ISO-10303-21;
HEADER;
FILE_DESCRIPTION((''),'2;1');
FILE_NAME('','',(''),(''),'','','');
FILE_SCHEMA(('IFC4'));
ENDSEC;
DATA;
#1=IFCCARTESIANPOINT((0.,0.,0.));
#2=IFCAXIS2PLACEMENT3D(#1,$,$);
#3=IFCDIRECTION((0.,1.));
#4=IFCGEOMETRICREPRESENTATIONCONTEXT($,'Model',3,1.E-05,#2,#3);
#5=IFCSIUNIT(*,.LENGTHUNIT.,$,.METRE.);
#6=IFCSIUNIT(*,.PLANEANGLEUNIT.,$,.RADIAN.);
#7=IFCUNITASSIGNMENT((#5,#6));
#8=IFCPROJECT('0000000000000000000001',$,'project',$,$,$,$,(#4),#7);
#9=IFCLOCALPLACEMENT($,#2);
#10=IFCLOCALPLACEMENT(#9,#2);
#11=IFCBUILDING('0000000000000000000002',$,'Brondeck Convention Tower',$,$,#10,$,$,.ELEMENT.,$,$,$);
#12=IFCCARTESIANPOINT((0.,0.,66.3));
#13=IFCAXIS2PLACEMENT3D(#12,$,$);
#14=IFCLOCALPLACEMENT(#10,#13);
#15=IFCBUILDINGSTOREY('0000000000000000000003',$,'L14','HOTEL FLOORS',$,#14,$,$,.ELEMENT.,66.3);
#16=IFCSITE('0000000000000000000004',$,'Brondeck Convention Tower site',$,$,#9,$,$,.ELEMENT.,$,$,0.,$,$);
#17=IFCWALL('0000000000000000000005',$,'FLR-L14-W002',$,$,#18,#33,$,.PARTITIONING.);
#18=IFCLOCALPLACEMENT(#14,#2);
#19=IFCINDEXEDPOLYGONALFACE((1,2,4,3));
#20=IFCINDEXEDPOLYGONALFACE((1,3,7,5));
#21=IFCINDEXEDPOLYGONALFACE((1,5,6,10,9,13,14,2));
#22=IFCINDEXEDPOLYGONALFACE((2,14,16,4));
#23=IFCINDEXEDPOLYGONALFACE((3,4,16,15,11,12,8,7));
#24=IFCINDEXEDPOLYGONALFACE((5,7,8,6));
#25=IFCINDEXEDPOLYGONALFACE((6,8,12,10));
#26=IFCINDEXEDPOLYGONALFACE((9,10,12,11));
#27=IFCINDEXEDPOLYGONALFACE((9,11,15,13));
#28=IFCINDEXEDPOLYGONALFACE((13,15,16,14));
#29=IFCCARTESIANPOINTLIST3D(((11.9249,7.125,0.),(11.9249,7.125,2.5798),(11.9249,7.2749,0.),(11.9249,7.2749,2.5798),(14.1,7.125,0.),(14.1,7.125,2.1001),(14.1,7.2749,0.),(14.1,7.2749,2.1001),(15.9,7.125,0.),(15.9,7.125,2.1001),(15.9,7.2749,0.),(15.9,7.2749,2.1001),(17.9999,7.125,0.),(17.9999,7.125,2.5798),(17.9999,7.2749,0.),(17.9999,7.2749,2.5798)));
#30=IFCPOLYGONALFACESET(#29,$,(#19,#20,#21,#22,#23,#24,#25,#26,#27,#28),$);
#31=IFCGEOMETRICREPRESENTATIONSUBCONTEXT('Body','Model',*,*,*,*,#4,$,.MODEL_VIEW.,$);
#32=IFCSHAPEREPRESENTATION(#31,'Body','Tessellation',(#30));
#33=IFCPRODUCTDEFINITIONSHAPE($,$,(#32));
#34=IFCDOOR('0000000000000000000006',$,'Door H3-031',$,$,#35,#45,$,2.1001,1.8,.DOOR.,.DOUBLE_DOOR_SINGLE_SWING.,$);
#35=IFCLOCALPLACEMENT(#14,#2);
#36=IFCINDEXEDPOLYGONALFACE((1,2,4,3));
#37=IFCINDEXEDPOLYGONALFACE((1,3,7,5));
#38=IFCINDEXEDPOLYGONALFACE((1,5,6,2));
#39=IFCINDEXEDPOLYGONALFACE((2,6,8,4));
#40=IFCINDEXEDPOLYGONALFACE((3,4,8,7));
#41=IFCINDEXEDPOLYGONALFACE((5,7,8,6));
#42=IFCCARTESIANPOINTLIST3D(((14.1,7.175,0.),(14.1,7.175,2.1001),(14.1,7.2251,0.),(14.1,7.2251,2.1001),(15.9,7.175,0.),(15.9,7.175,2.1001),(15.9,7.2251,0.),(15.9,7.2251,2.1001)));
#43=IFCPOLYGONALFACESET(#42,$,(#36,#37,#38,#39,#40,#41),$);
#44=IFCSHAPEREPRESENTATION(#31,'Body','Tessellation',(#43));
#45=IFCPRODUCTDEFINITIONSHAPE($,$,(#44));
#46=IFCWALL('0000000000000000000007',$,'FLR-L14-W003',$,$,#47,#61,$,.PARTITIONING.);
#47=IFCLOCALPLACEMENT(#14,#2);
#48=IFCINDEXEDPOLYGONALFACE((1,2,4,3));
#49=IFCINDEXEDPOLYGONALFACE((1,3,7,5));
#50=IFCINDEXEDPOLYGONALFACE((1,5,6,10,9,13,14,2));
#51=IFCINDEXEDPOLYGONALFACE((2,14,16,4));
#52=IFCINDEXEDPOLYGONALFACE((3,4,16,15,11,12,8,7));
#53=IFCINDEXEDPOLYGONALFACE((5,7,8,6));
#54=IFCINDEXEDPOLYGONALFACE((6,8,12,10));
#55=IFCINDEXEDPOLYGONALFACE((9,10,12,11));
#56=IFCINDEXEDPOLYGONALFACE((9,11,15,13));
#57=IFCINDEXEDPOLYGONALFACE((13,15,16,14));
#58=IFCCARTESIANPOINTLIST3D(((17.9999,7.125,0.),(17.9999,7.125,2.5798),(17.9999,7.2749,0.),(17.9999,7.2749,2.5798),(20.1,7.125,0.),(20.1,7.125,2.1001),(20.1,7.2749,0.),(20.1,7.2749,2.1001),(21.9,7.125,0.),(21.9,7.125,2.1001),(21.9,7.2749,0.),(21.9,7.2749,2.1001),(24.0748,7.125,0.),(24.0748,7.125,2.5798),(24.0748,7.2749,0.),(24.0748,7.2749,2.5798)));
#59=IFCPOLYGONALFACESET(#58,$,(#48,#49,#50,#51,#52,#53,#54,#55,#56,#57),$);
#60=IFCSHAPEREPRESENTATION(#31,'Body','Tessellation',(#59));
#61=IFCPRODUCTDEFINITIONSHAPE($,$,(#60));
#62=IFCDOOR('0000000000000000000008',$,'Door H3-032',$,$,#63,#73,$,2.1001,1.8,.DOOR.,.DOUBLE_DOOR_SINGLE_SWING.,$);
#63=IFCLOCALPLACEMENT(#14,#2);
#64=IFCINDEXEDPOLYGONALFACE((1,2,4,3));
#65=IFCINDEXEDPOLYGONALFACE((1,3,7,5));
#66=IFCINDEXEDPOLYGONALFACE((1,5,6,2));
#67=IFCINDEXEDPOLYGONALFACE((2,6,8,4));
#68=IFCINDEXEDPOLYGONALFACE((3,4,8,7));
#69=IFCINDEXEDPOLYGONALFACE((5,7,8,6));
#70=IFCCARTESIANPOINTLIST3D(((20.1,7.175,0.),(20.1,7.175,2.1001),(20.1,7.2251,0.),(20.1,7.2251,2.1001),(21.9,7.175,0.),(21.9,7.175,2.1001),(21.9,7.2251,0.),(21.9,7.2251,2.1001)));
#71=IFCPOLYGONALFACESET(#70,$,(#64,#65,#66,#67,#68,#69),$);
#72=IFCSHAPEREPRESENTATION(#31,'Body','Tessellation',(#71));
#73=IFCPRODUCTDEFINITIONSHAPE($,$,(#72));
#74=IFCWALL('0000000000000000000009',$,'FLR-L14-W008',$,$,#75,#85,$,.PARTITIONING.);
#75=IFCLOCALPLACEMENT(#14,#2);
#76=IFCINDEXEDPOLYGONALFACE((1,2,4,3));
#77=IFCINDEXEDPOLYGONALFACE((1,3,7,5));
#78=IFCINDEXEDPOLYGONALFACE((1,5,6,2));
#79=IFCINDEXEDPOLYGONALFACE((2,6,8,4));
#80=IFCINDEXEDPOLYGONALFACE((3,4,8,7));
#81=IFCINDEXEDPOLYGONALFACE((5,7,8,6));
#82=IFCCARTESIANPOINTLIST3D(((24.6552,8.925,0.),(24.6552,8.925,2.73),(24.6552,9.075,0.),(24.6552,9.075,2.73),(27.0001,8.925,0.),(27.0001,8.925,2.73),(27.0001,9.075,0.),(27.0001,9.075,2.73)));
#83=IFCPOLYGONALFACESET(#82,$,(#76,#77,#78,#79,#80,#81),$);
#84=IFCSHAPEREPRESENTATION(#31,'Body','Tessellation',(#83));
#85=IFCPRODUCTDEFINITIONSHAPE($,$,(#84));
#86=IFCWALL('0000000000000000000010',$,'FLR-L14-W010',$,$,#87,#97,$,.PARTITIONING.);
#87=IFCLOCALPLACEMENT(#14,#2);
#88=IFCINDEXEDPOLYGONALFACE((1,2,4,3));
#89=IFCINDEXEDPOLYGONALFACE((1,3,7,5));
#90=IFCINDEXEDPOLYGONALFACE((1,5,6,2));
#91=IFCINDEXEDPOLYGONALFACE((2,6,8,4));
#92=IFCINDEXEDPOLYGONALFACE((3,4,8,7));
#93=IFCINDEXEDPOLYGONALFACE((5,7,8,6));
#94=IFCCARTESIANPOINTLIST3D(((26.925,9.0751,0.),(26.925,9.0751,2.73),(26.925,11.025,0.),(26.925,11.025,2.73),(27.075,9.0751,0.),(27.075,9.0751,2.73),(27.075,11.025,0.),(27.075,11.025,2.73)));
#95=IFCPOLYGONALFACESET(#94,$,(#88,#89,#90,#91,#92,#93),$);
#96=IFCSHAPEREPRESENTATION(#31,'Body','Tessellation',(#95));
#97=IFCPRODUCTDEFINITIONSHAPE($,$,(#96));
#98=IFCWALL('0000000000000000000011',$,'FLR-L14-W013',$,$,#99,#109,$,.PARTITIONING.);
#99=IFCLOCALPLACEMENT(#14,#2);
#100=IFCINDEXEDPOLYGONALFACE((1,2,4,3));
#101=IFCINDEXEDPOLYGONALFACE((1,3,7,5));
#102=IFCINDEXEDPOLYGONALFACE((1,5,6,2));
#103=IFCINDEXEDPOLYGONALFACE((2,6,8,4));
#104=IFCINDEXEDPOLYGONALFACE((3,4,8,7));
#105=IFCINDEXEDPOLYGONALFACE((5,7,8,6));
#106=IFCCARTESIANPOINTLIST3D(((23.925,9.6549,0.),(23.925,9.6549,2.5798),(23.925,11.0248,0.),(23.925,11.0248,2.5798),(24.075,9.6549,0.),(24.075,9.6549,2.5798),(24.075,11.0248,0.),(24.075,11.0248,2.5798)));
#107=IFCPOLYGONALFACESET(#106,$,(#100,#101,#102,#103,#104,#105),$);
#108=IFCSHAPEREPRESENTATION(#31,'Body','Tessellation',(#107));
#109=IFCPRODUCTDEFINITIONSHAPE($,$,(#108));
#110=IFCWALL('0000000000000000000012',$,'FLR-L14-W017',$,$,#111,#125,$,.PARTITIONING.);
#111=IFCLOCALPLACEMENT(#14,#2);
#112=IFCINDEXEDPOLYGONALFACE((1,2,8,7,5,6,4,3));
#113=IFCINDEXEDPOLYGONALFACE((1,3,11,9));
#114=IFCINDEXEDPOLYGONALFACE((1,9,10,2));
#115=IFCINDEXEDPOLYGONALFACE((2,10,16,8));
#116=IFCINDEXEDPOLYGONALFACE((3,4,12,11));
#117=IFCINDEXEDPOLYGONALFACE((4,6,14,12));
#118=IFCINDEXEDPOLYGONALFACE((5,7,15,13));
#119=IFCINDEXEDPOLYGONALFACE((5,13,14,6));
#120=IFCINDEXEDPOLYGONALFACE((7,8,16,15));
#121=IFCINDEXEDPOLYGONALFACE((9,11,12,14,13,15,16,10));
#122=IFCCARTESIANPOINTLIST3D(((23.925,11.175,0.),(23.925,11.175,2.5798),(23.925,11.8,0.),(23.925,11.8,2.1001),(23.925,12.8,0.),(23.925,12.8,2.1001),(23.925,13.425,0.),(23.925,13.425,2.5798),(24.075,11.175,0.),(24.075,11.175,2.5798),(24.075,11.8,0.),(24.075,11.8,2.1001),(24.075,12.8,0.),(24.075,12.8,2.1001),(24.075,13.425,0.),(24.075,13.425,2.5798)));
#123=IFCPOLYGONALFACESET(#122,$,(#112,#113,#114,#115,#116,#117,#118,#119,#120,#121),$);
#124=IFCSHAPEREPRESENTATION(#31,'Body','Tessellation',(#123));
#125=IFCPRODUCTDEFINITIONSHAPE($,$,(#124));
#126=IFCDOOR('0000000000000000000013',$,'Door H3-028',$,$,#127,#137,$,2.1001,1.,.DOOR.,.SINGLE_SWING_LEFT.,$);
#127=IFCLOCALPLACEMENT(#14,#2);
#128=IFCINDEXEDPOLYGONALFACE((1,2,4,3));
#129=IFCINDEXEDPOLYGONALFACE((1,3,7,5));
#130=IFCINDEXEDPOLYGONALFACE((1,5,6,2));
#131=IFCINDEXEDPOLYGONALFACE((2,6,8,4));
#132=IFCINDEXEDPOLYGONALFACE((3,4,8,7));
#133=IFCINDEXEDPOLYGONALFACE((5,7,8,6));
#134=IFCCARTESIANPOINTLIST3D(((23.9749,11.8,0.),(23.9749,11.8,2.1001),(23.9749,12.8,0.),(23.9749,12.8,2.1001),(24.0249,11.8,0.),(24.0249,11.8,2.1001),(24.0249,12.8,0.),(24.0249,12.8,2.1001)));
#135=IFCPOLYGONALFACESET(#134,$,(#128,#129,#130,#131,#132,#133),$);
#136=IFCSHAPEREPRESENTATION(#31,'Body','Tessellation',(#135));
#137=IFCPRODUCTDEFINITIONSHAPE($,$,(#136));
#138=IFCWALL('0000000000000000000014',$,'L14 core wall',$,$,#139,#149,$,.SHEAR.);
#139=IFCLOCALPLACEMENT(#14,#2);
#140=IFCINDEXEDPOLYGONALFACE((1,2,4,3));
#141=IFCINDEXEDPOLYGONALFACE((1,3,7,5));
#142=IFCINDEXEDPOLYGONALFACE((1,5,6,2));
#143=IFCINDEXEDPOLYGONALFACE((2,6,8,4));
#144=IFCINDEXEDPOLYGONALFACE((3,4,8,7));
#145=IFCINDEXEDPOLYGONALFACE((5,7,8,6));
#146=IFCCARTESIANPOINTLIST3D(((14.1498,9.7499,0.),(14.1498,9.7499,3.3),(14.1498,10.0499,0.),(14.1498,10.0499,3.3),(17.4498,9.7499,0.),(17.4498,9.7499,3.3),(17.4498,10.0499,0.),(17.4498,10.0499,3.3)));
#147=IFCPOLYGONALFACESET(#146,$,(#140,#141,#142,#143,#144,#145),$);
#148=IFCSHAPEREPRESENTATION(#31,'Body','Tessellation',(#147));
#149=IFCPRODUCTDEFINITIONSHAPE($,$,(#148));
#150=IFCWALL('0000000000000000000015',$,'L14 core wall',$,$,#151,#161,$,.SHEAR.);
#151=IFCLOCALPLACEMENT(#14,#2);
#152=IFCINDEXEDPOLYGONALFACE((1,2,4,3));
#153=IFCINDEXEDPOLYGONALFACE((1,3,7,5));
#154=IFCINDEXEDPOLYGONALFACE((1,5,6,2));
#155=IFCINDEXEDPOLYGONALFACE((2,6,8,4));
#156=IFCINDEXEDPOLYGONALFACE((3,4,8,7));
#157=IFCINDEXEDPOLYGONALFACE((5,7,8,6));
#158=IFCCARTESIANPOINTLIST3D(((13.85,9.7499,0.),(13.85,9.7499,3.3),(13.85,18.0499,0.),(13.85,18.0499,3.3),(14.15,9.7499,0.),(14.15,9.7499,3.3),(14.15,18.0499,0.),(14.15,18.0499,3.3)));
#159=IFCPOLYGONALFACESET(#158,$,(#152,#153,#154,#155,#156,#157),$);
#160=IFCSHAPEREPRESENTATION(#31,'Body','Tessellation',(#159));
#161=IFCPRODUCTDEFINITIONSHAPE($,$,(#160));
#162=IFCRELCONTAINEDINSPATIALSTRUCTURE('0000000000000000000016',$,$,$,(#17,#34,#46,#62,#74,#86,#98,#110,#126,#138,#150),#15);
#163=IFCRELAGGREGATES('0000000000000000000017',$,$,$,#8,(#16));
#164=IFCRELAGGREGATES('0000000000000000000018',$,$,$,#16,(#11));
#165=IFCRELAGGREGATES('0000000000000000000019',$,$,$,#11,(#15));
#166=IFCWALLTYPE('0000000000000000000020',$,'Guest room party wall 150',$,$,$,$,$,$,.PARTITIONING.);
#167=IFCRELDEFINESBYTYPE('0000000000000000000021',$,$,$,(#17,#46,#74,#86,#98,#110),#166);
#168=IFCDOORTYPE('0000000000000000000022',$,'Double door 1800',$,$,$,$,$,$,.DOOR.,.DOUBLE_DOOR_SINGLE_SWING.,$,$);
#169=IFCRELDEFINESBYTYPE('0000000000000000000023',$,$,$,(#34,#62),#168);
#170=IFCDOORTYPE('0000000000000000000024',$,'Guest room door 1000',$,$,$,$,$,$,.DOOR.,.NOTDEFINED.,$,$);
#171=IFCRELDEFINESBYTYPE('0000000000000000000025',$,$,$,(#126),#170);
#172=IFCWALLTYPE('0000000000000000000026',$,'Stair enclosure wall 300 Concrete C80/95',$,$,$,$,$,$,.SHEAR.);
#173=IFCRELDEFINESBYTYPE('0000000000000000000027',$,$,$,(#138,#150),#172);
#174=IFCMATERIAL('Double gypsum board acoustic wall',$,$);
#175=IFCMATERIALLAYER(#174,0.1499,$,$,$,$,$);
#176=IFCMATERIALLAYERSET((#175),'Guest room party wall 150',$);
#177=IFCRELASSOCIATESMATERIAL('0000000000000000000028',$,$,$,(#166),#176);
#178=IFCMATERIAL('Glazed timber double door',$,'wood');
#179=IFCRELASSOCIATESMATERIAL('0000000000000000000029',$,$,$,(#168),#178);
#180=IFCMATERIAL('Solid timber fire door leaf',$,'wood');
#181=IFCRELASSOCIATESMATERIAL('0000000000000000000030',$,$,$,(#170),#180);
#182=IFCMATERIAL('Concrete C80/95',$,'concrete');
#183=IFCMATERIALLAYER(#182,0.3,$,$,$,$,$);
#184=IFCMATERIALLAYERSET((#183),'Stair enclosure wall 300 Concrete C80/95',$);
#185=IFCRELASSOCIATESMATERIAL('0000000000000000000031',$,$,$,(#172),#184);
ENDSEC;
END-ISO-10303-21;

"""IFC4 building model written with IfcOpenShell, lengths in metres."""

from ifc_helpers import new_model, si_unit, direction, frame, frame_2d, origin, place, context, subcontext, project, spatial, rectangle, extrude, material, layer, layer_set, type_object, element, fill, save


model = new_model("IFC4")

# Units and contexts
model_context = context("Model", 3, precision=1e-05, world=origin(), true_north=direction((0.0, 1.0)))
body_context = subcontext(model_context, "Body", "Model", "MODEL_VIEW")
ifc_project = project(units=[si_unit("LENGTHUNIT", "METRE"), si_unit("PLANEANGLEUNIT", "RADIAN")], contexts=[model_context])

# Site, building, storey
site_placement = place(None, origin())
site = spatial("IfcSite", under=ifc_project, at=site_placement, Name="Brondeck Convention Tower site", CompositionType="ELEMENT", RefElevation=0.0)
building_placement = place(site_placement, origin())
building = spatial("IfcBuilding", under=site, at=building_placement, Name="Brondeck Convention Tower", CompositionType="ELEMENT")
storey_placement = place(building_placement, frame((0.0, 0.0, 66.3)))
storey = spatial("IfcBuildingStorey", under=building, at=storey_placement, Name="L14", Description="HOTEL FLOORS", CompositionType="ELEMENT", Elevation=66.3)

# Shared definitions
ifc_material_1 = material(Name="Concrete C80/95", Category="concrete")

# Shared definitions
ifc_material_2 = material(Name="Double gypsum board acoustic wall")
ifc_layer_1 = layer(ifc_material_2, 0.1499)
ifc_layer_set_1 = layer_set([ifc_layer_1], Name="Guest room party wall 150")
wall_type_1 = type_object("IfcWallType", Name="Guest room party wall 150", PredefinedType="PARTITIONING", material=ifc_layer_set_1)

# Walls, openings, doors
wall_1_placement = place(storey_placement, frame((18.0, 7.2, 0.0), z_axis=(0.0, 0.0, 1.0), x_axis=(-1.0, 0.0, 0.0)))
wall_1 = element("IfcWall", 1, at=wall_1_placement, inside=storey, type_object=wall_type_1, Name="FLR-L14-W002", PredefinedType="PARTITIONING", context=body_context, shape_type="SweptSolid", body=[
    extrude(rectangle(XDim=6.075, YDim=0.1499, at=frame_2d((3.0376, 0.0))), origin(), (0.0, 0.0, 1.0), 2.5798),
])
opening_1_placement = place(wall_1_placement, frame((2.1001, 0.0, 0.0)))
opening_1 = element("IfcOpeningElement", 2, at=opening_1_placement, cuts=wall_1, PredefinedType="OPENING", context=body_context, shape_type="SweptSolid", body=[
    extrude(rectangle(XDim=1.8, YDim=2.1001, at=frame_2d((0.8999, 1.05))), frame((0.0, 0.085, 0.0), z_axis=(0.0, -1.0, 0.0), x_axis=(1.0, 0.0, 0.0)), (0.0, 0.0, 1.0), 0.1699),
])
ifc_material_3 = material(Name="Glazed timber double door", Category="wood")
door_type_1 = type_object("IfcDoorType", Name="Double door 1800", OperationType="DOUBLE_DOOR_SINGLE_SWING", PredefinedType="DOOR", material=ifc_material_3)
door_1_placement = place(opening_1_placement, origin())
door_1 = element("IfcDoor", 3, at=door_1_placement, inside=storey, type_object=door_type_1, Name="Door H3-031", OperationType="DOUBLE_DOOR_SINGLE_SWING", OverallHeight=2.1001, OverallWidth=1.8, PredefinedType="DOOR", context=body_context, shape_type="SweptSolid", body=[
    extrude(rectangle(XDim=1.8, YDim=2.1001, at=frame_2d((0.8999, 1.05))), frame((0.0, 0.0249, 0.0), z_axis=(0.0, -1.0, 0.0), x_axis=(1.0, 0.0, 0.0)), (0.0, 0.0, 1.0), 0.05),
])
fill(opening_1, door_1)
wall_2_placement = place(storey_placement, frame((24.075, 7.2, 0.0), z_axis=(0.0, 0.0, 1.0), x_axis=(-1.0, 0.0, 0.0)))
wall_2 = element("IfcWall", 4, at=wall_2_placement, inside=storey, type_object=wall_type_1, Name="FLR-L14-W003", PredefinedType="PARTITIONING", context=body_context, shape_type="SweptSolid", body=[
    extrude(rectangle(XDim=6.075, YDim=0.1499, at=frame_2d((3.0376, 0.0))), origin(), (0.0, 0.0, 1.0), 2.5798),
])
opening_2_placement = place(wall_2_placement, frame((2.175, 0.0, 0.0)))
opening_2 = element("IfcOpeningElement", 5, at=opening_2_placement, cuts=wall_2, PredefinedType="OPENING", context=body_context, shape_type="SweptSolid", body=[
    extrude(rectangle(XDim=1.8, YDim=2.1001, at=frame_2d((0.8999, 1.05))), frame((0.0, 0.085, 0.0), z_axis=(0.0, -1.0, 0.0), x_axis=(1.0, 0.0, 0.0)), (0.0, 0.0, 1.0), 0.1699),
])
door_2_placement = place(opening_2_placement, origin())
door_2 = element("IfcDoor", 6, at=door_2_placement, inside=storey, type_object=door_type_1, Name="Door H3-032", OperationType="DOUBLE_DOOR_SINGLE_SWING", OverallHeight=2.1001, OverallWidth=1.8, PredefinedType="DOOR", context=body_context, shape_type="SweptSolid", body=[
    extrude(rectangle(XDim=1.8, YDim=2.1001, at=frame_2d((0.8999, 1.05))), frame((0.0, 0.0249, 0.0), z_axis=(0.0, -1.0, 0.0), x_axis=(1.0, 0.0, 0.0)), (0.0, 0.0, 1.0), 0.05),
])
fill(opening_2, door_2)

# Walls
wall_3_placement = place(storey_placement, frame((27.0, 9.0, 0.0), z_axis=(0.0, 0.0, 1.0), x_axis=(-1.0, 0.0, 0.0)))
element("IfcWall", 7, at=wall_3_placement, inside=storey, type_object=wall_type_1, Name="FLR-L14-W008", PredefinedType="PARTITIONING", context=body_context, shape_type="SweptSolid", body=[
    extrude(rectangle(XDim=2.345, YDim=0.1499, at=frame_2d((1.1724, 0.0))), origin(), (0.0, 0.0, 1.0), 2.73),
])
wall_4_placement = place(storey_placement, frame((27.0, 9.075, 0.0), z_axis=(0.0, 0.0, 1.0), x_axis=(0.0, 1.0, 0.0)))
element("IfcWall", 8, at=wall_4_placement, inside=storey, type_object=wall_type_1, Name="FLR-L14-W010", PredefinedType="PARTITIONING", context=body_context, shape_type="SweptSolid", body=[
    extrude(rectangle(XDim=1.95, YDim=0.1499, at=frame_2d((0.9751, 0.0))), origin(), (0.0, 0.0, 1.0), 2.73),
])
wall_5_placement = place(storey_placement, frame((24.0, 11.0249, 0.0), z_axis=(0.0, 0.0, 1.0), x_axis=(0.0, -1.0, 0.0)))
element("IfcWall", 9, at=wall_5_placement, inside=storey, type_object=wall_type_1, Name="FLR-L14-W013", PredefinedType="PARTITIONING", context=body_context, shape_type="SweptSolid", body=[
    extrude(rectangle(XDim=1.3699, YDim=0.1499, at=frame_2d((0.6851, 0.0))), origin(), (0.0, 0.0, 1.0), 2.5798),
])

# Wall, opening, door
wall_6_placement = place(storey_placement, frame((24.0, 13.425, 0.0), z_axis=(0.0, 0.0, 1.0), x_axis=(0.0, -1.0, 0.0)))
wall_6 = element("IfcWall", 10, at=wall_6_placement, inside=storey, type_object=wall_type_1, Name="FLR-L14-W017", PredefinedType="PARTITIONING", context=body_context, shape_type="SweptSolid", body=[
    extrude(rectangle(XDim=2.25, YDim=0.1499, at=frame_2d((1.125, 0.0))), origin(), (0.0, 0.0, 1.0), 2.5798),
])
opening_3_placement = place(wall_6_placement, frame((0.625, 0.0, 0.0)))
opening_3 = element("IfcOpeningElement", 11, at=opening_3_placement, cuts=wall_6, PredefinedType="OPENING", context=body_context, shape_type="SweptSolid", body=[
    extrude(rectangle(XDim=1.0, YDim=2.1001, at=frame_2d((0.5, 1.05))), frame((0.0, 0.085, 0.0), z_axis=(0.0, -1.0, 0.0), x_axis=(1.0, 0.0, 0.0)), (0.0, 0.0, 1.0), 0.1699),
])
ifc_material_4 = material(Name="Solid timber fire door leaf", Category="wood")
door_type_2 = type_object("IfcDoorType", Name="Guest room door 1000", OperationType="NOTDEFINED", PredefinedType="DOOR", material=ifc_material_4)
door_3_placement = place(opening_3_placement, origin())
door_3 = element("IfcDoor", 12, at=door_3_placement, inside=storey, type_object=door_type_2, Name="Door H3-028", OperationType="SINGLE_SWING_LEFT", OverallHeight=2.1001, OverallWidth=1.0, PredefinedType="DOOR", context=body_context, shape_type="SweptSolid", body=[
    extrude(rectangle(XDim=1.0, YDim=2.1001, at=frame_2d((0.5, 1.05))), frame((0.0, 0.0249, 0.0), z_axis=(0.0, -1.0, 0.0), x_axis=(1.0, 0.0, 0.0)), (0.0, 0.0, 1.0), 0.05),
])
fill(opening_3, door_3)

# Walls
ifc_layer_2 = layer(ifc_material_1, 0.3)
ifc_layer_set_2 = layer_set([ifc_layer_2], Name="Stair enclosure wall 300 Concrete C80/95")
wall_type_2 = type_object("IfcWallType", Name="Stair enclosure wall 300 Concrete C80/95", PredefinedType="SHEAR", material=ifc_layer_set_2)
wall_7_placement = place(storey_placement, frame((14.1499, 9.8999, 0.0), z_axis=(0.0, 0.0, 1.0), x_axis=(1.0, 0.0, 0.0)))
element("IfcWall", 13, at=wall_7_placement, inside=storey, type_object=wall_type_2, Name="L14 core wall", PredefinedType="SHEAR", context=body_context, shape_type="SweptSolid", body=[
    extrude(rectangle(XDim=3.3, YDim=0.3, at=frame_2d((1.6499, 0.0))), origin(), (0.0, 0.0, 1.0), 3.3),
])
wall_8_placement = place(storey_placement, frame((14.0, 9.75, 0.0), z_axis=(0.0, 0.0, 1.0), x_axis=(0.0, 1.0, 0.0)))
element("IfcWall", 14, at=wall_8_placement, inside=storey, type_object=wall_type_2, Name="L14 core wall", PredefinedType="SHEAR", context=body_context, shape_type="SweptSolid", body=[
    extrude(rectangle(XDim=8.3, YDim=0.3, at=frame_2d((4.1499, 0.0))), origin(), (0.0, 0.0, 1.0), 3.3),
])

save(model, "model.ifc")
